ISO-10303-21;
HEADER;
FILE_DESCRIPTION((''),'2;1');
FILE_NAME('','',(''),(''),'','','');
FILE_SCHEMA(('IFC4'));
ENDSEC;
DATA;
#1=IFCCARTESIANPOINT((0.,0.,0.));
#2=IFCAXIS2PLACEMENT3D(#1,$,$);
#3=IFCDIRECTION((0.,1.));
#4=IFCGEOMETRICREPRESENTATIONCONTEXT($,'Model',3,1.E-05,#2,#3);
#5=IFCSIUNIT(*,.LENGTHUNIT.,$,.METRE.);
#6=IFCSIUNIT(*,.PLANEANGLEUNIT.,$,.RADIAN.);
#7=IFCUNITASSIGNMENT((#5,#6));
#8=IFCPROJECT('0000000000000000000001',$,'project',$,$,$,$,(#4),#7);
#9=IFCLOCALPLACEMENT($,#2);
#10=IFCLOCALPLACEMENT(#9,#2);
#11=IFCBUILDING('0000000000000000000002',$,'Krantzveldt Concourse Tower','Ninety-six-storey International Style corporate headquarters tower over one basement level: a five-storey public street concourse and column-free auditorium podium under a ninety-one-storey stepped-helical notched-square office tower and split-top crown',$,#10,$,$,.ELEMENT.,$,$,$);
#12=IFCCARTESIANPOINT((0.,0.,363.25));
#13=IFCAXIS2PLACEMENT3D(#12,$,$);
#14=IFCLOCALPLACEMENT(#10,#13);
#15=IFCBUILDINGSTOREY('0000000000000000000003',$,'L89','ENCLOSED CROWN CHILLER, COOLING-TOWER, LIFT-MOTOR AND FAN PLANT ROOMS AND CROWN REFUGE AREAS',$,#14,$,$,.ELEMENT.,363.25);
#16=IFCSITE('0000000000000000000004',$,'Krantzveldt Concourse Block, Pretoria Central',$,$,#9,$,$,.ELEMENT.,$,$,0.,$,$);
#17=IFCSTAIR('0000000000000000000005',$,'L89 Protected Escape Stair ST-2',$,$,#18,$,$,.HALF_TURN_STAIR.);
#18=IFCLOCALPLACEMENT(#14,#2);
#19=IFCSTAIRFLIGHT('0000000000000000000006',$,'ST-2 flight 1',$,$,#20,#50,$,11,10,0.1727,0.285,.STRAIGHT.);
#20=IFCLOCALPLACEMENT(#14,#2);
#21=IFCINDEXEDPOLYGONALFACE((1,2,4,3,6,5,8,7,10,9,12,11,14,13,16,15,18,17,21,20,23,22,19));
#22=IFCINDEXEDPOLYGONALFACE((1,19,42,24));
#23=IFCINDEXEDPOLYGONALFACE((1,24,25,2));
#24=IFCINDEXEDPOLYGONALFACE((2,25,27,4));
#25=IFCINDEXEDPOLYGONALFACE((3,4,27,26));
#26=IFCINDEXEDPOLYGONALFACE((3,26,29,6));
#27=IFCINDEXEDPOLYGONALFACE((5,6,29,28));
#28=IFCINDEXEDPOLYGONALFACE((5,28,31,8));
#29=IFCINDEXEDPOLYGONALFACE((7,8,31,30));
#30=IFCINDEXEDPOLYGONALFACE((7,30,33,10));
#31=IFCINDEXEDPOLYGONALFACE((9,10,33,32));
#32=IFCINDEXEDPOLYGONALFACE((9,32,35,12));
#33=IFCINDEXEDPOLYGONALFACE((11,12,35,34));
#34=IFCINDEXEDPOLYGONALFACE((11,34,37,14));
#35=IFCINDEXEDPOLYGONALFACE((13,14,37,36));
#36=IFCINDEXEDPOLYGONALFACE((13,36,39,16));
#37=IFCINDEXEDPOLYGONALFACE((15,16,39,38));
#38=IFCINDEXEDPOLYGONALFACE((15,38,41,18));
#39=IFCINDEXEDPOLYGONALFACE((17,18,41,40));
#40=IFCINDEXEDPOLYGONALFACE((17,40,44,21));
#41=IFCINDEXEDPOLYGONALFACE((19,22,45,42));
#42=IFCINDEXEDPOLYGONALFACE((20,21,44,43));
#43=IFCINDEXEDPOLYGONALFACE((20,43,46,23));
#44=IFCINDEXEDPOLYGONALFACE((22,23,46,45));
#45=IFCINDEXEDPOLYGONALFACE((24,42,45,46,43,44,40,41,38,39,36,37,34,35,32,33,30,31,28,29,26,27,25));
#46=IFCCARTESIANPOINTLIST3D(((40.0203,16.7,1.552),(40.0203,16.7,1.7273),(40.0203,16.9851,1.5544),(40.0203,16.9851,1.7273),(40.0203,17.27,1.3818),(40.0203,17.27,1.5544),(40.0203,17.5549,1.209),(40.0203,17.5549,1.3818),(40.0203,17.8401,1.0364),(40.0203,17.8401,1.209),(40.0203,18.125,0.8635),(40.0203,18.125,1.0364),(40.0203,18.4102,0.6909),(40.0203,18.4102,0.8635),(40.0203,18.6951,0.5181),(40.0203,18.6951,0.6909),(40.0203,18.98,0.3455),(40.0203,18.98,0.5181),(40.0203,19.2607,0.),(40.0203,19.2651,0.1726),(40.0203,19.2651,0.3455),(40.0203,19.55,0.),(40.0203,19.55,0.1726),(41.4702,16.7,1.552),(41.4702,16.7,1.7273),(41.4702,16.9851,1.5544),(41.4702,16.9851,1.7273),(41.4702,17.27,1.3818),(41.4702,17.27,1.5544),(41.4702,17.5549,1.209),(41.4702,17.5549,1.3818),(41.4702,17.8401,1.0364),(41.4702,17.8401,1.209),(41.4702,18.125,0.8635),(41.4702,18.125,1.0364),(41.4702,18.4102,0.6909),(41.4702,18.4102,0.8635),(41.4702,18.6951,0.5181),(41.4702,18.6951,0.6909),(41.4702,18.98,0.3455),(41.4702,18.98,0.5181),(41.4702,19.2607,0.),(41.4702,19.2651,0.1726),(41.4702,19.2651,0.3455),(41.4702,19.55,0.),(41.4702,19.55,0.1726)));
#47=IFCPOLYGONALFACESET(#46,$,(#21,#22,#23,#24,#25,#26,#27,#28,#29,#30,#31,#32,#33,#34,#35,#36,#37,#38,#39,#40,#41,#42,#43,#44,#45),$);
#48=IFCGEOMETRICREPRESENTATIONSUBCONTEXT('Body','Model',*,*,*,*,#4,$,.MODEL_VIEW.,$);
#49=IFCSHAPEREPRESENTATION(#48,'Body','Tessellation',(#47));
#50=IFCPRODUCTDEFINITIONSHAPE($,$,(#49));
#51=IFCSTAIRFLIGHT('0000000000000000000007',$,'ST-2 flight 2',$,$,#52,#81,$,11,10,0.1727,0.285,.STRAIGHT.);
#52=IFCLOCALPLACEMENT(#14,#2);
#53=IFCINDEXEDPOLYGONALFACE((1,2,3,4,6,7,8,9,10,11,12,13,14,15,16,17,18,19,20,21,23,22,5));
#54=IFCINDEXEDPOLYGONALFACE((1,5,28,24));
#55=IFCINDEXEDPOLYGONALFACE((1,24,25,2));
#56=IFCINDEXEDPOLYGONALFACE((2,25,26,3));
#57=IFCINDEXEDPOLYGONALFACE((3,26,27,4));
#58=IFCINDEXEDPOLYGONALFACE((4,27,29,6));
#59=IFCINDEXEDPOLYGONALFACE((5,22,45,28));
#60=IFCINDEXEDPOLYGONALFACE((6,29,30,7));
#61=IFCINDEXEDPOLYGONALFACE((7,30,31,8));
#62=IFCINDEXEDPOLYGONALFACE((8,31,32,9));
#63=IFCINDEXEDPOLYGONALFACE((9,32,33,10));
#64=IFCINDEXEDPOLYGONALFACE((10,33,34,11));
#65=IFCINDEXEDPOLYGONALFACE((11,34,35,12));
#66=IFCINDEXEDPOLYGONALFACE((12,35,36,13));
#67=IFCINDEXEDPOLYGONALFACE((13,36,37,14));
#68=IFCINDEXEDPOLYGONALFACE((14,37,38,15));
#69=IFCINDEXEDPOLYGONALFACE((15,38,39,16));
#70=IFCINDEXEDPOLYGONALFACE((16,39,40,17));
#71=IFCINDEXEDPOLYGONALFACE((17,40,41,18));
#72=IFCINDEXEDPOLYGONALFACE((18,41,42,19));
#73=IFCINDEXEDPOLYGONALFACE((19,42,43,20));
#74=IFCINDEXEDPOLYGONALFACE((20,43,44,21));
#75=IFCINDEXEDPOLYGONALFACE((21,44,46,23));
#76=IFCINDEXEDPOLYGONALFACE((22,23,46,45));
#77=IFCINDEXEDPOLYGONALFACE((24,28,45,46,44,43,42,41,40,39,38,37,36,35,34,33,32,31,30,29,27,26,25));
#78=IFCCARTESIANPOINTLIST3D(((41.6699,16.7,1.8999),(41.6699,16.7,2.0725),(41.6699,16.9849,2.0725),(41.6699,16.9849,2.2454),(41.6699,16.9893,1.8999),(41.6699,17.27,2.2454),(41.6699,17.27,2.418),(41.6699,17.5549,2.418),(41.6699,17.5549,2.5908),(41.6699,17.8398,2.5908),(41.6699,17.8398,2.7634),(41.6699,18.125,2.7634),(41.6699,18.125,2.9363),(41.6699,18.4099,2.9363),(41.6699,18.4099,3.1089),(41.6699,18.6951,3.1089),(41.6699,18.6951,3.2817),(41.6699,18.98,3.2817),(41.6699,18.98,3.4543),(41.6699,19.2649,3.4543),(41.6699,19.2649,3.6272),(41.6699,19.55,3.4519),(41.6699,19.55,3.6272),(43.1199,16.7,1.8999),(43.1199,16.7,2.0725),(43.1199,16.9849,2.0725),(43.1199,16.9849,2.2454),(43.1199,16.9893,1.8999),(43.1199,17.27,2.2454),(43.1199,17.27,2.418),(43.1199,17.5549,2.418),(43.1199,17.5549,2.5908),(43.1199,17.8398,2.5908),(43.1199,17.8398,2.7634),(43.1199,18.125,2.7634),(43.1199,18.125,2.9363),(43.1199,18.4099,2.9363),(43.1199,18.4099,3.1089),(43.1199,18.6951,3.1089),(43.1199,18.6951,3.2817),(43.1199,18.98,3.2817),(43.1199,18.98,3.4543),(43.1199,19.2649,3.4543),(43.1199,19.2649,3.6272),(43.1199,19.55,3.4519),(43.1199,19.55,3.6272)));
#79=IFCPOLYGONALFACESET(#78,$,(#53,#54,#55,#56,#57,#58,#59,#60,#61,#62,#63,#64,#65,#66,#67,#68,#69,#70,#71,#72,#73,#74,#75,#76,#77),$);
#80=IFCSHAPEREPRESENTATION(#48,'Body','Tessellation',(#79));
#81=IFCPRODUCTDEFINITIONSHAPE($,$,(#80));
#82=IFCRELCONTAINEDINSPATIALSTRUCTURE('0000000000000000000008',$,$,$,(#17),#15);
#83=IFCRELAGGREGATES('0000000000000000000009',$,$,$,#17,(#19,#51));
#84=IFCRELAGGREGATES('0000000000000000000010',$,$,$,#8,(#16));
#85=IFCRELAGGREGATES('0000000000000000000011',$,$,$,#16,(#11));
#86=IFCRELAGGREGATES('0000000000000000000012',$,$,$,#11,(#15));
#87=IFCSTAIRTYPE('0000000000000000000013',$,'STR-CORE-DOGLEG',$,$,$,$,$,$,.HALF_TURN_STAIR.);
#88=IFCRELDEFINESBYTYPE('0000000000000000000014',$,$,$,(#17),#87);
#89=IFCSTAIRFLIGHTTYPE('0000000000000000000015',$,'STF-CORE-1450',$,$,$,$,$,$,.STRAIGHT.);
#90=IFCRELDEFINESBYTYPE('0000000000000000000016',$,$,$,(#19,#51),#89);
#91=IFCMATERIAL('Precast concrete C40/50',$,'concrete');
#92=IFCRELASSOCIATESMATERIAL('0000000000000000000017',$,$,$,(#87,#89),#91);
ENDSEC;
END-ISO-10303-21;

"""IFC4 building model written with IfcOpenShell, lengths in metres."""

from ifc_helpers import new_model, si_unit, direction, frame, origin, place, context, subcontext, project, spatial, polyline, outline, extrude, material, type_object, element, aggregate, save


model = new_model("IFC4")

# Units and contexts
model_context = context("Model", 3, precision=1e-05, world=origin(), true_north=direction((0.0, 1.0)))
body_context = subcontext(model_context, "Body", "Model", "MODEL_VIEW")
ifc_project = project(units=[si_unit("LENGTHUNIT", "METRE"), si_unit("PLANEANGLEUNIT", "RADIAN")], contexts=[model_context])

# Site, building, storey
site_placement = place(None, origin())
site = spatial("IfcSite", under=ifc_project, at=site_placement, Name="Krantzveldt Concourse Block, Pretoria Central", CompositionType="ELEMENT", RefElevation=0.0)
building_placement = place(site_placement, origin())
building = spatial("IfcBuilding", under=site, at=building_placement, Name="Krantzveldt Concourse Tower", Description="Ninety-six-storey International Style corporate headquarters tower over one basement level: a five-storey public street concourse and column-free auditorium podium under a ninety-one-storey stepped-helical notched-square office tower and split-top crown", CompositionType="ELEMENT")
storey_placement = place(building_placement, frame((0.0, 0.0, 363.25)))
storey = spatial("IfcBuildingStorey", under=building, at=storey_placement, Name="L89", Description="ENCLOSED CROWN CHILLER, COOLING-TOWER, LIFT-MOTOR AND FAN PLANT ROOMS AND CROWN REFUGE AREAS", CompositionType="ELEMENT", Elevation=363.25)

# Stair, stair flights
ifc_material_1 = material(Name="Precast concrete C40/50", Category="concrete")
stair_type = type_object("IfcStairType", Name="STR-CORE-DOGLEG", PredefinedType="HALF_TURN_STAIR", material=ifc_material_1)
stair_placement = place(storey_placement, origin())
stair = element("IfcStair", 1, at=stair_placement, inside=storey, type_object=stair_type, Name="L89 Protected Escape Stair ST-2", PredefinedType="HALF_TURN_STAIR")
stair_flight_type = type_object("IfcStairFlightType", Name="STF-CORE-1450", PredefinedType="STRAIGHT", material=ifc_material_1)
stair_flight_1_placement = place(storey_placement, frame((40.7451, 19.55, 0.0), z_axis=(0.0, 0.0, 1.0), x_axis=(0.0, -1.0, 0.0)))
stair_flight_1 = element("IfcStairFlight", 2, at=stair_flight_1_placement, type_object=stair_flight_type, Name="ST-2 flight 1", NumberOfRisers=11, NumberOfTreads=10, PredefinedType="STRAIGHT", RiserHeight=0.1727, TreadLength=0.285, context=body_context, shape_type="SweptSolid", body=[
    extrude(outline(polyline([(0.0, 0.0), (0.0, 0.1726), (0.2849, 0.1726), (0.2849, 0.3455), (0.5701, 0.3455), (0.5701, 0.5181), (0.855, 0.5181), (0.855, 0.6909), (1.1399, 0.6909), (1.1399, 0.8635), (1.425, 0.8635), (1.425, 1.0364), (1.71, 1.0364), (1.71, 1.209), (1.9951, 1.209), (1.9951, 1.3818), (2.28, 1.3818), (2.28, 1.5544), (2.5649, 1.5544), (2.5649, 1.7273), (2.8501, 1.7273), (2.8501, 1.8999), (2.8501, 1.552), (0.2893, 0.0), (0.0, 0.0)])), frame((0.0, 0.7251, 0.0), z_axis=(0.0, -1.0, 0.0), x_axis=(1.0, 0.0, 0.0)), (0.0, 0.0, 1.0), 1.45),
])
stair_flight_2_placement = place(storey_placement, frame((42.395, 16.7, 1.8999), z_axis=(0.0, 0.0, 1.0), x_axis=(0.0, 1.0, 0.0)))
stair_flight_2 = element("IfcStairFlight", 3, at=stair_flight_2_placement, type_object=stair_flight_type, Name="ST-2 flight 2", NumberOfRisers=11, NumberOfTreads=10, PredefinedType="STRAIGHT", RiserHeight=0.1727, TreadLength=0.285, context=body_context, shape_type="SweptSolid", body=[
    extrude(outline(polyline([(0.0, 0.0), (0.0, 0.1726), (0.2849, 0.1726), (0.2849, 0.3455), (0.5701, 0.3455), (0.5701, 0.5181), (0.855, 0.5181), (0.855, 0.6909), (1.1399, 0.6909), (1.1399, 0.8635), (1.425, 0.8635), (1.425, 1.0364), (1.71, 1.0364), (1.71, 1.209), (1.9951, 1.209), (1.9951, 1.3818), (2.28, 1.3818), (2.28, 1.5544), (2.5649, 1.5544), (2.5649, 1.7273), (2.8501, 1.7273), (2.8501, 1.8999), (2.8501, 1.552), (0.2893, 0.0), (0.0, 0.0)])), frame((0.0, 0.7251, 0.0), z_axis=(0.0, -1.0, 0.0), x_axis=(1.0, 0.0, 0.0)), (0.0, 0.0, 1.0), 1.45),
])
aggregate(stair, [stair_flight_1, stair_flight_2])

save(model, "model.ifc")
